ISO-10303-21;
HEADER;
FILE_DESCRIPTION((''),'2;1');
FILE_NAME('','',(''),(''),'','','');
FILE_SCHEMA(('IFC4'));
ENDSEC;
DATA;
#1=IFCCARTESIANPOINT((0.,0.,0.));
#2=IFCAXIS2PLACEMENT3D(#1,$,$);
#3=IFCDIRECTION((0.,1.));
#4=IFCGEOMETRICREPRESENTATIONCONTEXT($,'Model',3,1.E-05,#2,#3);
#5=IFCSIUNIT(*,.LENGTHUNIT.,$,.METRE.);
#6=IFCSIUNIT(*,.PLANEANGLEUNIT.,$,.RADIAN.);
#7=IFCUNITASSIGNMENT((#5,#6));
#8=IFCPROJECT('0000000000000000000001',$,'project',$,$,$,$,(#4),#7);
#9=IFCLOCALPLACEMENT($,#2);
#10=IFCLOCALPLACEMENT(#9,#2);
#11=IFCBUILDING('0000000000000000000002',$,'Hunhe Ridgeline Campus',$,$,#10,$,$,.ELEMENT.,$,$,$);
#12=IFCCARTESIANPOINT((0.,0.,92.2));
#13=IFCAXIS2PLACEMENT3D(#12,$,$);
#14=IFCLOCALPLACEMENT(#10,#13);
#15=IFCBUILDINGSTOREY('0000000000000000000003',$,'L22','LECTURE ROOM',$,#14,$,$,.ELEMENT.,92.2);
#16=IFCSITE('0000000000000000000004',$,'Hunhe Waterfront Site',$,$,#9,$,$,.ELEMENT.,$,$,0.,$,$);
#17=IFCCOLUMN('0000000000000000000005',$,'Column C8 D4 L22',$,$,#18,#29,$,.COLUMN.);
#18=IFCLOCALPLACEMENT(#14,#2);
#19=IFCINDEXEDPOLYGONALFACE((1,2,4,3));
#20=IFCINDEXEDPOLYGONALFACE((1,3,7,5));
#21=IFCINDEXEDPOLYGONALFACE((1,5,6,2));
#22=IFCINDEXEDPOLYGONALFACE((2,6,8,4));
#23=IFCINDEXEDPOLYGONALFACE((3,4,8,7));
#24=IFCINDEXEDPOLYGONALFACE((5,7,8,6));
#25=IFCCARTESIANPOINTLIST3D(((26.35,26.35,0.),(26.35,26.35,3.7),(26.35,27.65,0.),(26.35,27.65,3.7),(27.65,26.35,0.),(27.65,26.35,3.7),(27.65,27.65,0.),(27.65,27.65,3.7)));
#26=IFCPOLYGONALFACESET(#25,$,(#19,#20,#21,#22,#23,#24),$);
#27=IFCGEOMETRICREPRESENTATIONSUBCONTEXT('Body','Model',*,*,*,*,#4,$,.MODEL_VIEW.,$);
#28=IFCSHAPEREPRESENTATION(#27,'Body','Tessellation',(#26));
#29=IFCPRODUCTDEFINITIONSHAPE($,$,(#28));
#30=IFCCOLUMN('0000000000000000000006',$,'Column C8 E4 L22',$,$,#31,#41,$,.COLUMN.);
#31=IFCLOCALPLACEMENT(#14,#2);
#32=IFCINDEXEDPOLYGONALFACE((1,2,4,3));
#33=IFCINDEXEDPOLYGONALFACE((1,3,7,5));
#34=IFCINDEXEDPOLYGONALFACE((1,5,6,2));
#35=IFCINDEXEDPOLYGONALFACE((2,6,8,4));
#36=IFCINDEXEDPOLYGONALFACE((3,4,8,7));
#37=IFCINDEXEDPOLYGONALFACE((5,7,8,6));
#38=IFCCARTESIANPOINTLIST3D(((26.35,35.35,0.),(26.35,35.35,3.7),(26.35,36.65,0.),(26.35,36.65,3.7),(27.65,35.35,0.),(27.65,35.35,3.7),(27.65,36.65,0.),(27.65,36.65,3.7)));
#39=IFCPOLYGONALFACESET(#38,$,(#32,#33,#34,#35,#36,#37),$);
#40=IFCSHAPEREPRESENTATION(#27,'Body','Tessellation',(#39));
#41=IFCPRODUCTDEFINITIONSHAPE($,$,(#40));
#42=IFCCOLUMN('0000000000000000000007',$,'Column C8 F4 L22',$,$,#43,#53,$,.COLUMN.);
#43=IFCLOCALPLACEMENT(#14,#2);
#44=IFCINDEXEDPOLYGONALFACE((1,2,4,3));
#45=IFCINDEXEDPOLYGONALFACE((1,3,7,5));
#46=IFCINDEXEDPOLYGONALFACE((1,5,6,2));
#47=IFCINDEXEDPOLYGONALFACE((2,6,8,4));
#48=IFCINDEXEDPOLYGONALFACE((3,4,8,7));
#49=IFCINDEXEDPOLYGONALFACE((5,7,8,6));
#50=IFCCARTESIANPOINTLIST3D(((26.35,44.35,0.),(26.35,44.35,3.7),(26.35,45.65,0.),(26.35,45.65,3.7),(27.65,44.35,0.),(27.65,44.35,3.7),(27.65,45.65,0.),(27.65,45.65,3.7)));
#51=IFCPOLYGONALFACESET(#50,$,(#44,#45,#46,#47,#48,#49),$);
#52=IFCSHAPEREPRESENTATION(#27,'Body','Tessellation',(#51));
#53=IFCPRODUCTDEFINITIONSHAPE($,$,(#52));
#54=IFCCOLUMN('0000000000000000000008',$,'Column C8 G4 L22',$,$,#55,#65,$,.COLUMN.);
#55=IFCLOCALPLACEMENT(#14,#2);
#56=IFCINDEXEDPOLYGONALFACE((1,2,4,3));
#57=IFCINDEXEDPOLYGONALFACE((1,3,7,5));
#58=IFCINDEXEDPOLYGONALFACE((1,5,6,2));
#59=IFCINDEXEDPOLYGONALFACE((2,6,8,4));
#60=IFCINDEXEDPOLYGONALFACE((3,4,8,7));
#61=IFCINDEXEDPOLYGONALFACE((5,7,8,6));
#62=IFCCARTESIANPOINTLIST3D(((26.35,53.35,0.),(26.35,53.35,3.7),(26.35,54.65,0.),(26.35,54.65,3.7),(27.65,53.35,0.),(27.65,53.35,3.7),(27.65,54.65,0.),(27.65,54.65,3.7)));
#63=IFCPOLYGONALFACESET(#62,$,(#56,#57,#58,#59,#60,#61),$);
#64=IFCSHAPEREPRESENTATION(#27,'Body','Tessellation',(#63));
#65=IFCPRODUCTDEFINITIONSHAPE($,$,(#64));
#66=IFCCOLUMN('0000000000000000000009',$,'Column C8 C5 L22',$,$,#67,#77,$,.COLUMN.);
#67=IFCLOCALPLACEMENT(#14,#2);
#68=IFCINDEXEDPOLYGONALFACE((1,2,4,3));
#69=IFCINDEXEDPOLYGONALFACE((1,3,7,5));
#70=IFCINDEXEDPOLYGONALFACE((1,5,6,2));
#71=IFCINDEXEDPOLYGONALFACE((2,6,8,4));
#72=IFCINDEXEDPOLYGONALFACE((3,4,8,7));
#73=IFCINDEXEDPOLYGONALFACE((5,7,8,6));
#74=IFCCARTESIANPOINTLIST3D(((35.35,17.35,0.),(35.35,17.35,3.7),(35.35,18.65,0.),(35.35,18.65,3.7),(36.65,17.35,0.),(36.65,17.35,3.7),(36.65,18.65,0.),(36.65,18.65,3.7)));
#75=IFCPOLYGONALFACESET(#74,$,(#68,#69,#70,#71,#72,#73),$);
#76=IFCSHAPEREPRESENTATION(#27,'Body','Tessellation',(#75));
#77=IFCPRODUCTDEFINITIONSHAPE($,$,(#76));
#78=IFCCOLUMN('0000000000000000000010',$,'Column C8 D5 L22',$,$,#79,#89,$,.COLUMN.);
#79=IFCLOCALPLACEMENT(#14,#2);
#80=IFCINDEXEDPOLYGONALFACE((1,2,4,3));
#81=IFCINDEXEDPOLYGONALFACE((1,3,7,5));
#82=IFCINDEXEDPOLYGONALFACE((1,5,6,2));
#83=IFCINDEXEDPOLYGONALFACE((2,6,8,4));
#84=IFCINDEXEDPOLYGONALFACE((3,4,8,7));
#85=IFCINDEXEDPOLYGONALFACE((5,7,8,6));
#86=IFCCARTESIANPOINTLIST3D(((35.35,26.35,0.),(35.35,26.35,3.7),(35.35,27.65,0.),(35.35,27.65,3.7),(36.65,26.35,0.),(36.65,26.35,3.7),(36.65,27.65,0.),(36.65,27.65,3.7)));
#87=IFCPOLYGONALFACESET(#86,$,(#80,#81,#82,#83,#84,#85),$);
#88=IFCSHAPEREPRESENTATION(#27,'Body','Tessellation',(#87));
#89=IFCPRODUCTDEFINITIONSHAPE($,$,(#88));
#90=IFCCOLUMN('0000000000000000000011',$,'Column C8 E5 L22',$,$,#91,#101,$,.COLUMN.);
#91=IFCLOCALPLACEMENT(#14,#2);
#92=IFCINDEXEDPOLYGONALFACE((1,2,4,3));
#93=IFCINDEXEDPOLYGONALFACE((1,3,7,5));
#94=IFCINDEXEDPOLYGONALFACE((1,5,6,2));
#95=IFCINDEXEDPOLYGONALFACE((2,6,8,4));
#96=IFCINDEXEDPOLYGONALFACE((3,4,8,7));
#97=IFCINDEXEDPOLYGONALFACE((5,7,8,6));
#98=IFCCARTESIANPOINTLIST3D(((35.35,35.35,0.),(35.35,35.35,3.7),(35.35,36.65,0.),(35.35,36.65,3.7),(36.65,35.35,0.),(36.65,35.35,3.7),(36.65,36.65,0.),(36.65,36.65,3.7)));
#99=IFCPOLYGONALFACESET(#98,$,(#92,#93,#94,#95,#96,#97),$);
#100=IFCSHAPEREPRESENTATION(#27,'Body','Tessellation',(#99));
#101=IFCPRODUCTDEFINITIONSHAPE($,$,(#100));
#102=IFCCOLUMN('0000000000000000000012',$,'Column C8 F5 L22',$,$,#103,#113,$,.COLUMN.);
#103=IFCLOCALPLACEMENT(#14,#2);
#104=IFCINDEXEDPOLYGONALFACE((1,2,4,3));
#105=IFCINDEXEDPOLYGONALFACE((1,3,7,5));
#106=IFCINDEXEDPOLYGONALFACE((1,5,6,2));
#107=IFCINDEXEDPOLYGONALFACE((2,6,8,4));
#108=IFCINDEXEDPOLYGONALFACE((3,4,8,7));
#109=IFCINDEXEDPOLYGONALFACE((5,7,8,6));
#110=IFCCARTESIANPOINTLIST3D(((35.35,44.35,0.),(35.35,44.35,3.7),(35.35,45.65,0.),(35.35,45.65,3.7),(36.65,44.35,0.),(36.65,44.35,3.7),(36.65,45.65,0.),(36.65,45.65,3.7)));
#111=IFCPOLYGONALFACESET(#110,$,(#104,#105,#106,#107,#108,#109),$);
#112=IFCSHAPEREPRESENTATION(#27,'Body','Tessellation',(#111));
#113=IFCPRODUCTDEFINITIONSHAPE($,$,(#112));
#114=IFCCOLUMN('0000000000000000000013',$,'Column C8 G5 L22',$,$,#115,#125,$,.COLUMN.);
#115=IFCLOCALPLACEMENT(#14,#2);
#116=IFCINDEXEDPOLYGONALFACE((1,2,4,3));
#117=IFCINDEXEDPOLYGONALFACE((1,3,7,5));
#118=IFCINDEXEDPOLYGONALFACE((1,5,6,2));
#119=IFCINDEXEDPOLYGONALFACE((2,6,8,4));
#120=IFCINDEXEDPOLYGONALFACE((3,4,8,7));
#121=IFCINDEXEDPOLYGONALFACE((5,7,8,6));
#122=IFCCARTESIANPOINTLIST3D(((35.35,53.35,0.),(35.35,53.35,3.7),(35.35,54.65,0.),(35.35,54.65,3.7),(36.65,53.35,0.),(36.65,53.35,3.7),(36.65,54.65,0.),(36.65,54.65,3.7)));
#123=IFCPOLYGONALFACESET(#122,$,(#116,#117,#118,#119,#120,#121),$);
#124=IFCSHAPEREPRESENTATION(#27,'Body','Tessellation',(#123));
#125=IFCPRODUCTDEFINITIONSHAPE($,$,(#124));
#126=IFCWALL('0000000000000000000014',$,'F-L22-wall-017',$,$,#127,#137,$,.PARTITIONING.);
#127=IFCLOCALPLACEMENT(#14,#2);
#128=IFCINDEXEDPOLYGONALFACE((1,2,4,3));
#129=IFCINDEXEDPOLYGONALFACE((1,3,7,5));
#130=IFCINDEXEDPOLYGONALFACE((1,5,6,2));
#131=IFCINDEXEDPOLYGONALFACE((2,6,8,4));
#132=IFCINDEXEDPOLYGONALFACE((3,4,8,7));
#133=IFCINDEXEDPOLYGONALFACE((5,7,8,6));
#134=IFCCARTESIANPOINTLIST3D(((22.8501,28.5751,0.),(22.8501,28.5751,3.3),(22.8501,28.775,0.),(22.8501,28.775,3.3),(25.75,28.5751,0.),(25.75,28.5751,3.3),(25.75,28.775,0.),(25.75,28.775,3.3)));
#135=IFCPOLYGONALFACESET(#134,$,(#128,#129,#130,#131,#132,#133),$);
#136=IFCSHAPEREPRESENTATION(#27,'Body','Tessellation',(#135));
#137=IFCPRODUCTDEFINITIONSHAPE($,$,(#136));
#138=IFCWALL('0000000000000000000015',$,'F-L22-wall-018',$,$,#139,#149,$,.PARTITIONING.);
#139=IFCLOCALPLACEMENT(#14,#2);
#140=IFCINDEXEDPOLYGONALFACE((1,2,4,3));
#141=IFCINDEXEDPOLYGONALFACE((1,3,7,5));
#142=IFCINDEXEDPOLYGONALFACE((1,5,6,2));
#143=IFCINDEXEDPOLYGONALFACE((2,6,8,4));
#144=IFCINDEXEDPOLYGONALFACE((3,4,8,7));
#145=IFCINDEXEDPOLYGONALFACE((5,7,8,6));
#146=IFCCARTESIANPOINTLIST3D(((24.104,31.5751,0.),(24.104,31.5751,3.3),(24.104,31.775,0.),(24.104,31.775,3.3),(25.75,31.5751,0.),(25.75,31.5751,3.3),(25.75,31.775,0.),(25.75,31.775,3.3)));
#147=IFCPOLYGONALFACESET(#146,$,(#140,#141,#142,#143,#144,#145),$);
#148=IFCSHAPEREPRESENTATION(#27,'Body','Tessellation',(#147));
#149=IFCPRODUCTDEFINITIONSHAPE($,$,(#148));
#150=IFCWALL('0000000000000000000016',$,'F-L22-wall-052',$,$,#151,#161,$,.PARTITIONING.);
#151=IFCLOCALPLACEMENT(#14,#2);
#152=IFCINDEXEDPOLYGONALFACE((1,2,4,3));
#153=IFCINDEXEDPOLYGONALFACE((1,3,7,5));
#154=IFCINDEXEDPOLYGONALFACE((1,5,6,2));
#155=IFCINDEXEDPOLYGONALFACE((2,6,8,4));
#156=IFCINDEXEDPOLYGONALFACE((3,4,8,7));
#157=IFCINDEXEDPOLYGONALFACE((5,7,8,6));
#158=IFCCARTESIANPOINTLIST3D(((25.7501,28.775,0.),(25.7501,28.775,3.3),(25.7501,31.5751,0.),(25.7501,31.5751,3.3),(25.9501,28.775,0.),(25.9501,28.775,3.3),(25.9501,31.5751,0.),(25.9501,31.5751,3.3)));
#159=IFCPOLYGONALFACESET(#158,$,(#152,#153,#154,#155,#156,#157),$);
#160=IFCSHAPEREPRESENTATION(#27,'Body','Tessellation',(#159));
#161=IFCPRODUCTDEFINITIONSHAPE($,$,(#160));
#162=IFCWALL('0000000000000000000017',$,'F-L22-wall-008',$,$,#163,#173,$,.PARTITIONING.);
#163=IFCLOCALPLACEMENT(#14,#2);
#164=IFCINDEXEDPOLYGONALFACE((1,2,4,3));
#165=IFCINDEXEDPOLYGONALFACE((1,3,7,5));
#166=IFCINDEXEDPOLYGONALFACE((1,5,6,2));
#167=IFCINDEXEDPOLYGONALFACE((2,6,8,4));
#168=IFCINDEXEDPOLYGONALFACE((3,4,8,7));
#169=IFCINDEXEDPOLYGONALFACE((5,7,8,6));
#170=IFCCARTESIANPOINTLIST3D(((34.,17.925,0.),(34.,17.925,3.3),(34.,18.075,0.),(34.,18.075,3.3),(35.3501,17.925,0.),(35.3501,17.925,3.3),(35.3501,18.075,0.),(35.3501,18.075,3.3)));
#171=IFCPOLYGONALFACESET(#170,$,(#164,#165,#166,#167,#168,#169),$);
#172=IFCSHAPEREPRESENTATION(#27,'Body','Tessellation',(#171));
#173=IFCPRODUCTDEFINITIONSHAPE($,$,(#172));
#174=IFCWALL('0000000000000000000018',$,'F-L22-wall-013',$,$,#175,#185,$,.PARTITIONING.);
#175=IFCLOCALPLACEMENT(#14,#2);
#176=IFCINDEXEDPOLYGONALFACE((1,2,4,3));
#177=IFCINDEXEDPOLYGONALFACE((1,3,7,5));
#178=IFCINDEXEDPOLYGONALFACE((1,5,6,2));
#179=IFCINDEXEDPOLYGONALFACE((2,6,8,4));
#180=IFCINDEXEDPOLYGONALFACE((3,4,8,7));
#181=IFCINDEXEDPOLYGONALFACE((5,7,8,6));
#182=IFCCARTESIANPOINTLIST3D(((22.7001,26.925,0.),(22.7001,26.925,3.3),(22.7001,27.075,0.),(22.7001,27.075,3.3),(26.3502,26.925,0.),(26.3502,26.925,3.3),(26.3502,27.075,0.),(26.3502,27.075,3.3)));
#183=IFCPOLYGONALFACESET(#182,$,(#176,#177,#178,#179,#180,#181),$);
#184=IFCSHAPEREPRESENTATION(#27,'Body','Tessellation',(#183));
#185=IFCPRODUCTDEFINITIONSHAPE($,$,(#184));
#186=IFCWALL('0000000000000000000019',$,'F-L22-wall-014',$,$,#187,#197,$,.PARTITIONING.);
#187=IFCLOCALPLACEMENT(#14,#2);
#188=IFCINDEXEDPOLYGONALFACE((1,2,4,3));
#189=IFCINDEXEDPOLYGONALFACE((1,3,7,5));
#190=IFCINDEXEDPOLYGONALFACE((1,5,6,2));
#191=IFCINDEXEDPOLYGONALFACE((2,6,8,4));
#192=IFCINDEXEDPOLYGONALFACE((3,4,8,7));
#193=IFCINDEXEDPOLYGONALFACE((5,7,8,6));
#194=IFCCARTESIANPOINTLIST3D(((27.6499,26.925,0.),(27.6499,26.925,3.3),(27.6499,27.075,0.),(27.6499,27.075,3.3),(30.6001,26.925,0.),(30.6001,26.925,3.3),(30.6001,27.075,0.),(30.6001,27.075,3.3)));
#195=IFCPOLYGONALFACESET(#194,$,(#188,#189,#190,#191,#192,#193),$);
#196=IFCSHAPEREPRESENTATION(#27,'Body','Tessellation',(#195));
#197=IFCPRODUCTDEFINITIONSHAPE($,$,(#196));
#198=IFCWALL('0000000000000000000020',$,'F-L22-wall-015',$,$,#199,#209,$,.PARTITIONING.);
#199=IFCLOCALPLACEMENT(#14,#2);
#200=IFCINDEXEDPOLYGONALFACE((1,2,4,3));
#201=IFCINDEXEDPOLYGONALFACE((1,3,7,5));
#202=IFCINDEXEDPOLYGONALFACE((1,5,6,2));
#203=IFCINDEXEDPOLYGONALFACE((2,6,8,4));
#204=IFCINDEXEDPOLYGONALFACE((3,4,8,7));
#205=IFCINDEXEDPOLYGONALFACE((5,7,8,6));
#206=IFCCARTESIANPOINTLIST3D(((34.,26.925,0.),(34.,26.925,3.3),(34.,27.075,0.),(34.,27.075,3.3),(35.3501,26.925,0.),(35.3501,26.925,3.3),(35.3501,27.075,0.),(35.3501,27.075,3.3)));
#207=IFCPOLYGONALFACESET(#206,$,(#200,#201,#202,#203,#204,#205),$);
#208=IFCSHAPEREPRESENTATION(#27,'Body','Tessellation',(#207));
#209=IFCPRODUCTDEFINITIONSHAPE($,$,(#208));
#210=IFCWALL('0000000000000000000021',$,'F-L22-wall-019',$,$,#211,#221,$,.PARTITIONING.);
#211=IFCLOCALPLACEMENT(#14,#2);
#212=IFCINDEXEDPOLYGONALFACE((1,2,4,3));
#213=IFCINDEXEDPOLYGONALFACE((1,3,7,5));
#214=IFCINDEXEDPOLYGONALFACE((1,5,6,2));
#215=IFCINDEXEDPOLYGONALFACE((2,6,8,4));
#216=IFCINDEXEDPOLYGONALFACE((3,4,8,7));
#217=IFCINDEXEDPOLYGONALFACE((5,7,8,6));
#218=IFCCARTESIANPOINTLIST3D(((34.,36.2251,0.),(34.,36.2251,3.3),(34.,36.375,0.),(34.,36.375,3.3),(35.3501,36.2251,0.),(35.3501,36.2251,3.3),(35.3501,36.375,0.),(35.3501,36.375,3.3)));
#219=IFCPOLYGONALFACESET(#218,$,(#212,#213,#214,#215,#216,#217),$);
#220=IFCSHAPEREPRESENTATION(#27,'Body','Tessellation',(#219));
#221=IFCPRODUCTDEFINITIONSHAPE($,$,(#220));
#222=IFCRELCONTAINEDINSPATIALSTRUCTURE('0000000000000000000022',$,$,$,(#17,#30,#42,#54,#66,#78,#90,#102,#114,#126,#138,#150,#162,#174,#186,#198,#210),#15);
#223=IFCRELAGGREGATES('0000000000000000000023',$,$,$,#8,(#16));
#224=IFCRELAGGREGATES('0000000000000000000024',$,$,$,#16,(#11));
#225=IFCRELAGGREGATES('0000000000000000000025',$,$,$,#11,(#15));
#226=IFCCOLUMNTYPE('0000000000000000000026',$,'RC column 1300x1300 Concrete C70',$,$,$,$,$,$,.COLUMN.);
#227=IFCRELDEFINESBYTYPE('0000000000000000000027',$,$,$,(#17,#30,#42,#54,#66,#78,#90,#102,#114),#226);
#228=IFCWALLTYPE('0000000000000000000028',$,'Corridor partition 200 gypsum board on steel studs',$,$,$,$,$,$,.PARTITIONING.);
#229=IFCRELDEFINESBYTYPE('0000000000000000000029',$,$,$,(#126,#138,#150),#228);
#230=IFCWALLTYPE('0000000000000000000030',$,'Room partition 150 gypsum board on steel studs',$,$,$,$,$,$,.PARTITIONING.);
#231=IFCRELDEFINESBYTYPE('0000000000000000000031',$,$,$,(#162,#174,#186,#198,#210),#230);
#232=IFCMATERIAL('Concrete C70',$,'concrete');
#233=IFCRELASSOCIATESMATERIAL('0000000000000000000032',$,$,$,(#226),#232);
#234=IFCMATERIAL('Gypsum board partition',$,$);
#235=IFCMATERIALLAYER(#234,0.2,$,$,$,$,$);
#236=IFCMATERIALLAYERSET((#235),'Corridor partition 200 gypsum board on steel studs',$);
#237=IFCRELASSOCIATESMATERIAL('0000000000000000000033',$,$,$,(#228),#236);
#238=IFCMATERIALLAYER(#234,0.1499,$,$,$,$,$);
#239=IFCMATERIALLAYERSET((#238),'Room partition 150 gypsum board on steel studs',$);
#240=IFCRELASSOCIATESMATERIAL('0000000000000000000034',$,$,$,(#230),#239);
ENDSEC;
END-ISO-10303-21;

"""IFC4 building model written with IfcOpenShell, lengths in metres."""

from ifc_helpers import new_model, si_unit, direction, frame, frame_2d, origin, origin_2d, place, context, subcontext, project, spatial, rectangle, extrude, material, layer, layer_set, material_profile, profile_set, type_object, element, save


model = new_model("IFC4")

# Units and contexts
model_context = context("Model", 3, precision=1e-05, world=origin(), true_north=direction((0.0, 1.0)))
body_context = subcontext(model_context, "Body", "Model", "MODEL_VIEW")
ifc_project = project(units=[si_unit("LENGTHUNIT", "METRE"), si_unit("PLANEANGLEUNIT", "RADIAN")], contexts=[model_context])

# Site, building, storey
site_placement = place(None, origin())
site = spatial("IfcSite", under=ifc_project, at=site_placement, Name="Hunhe Waterfront Site", CompositionType="ELEMENT", RefElevation=0.0)
building_placement = place(site_placement, origin())
building = spatial("IfcBuilding", under=site, at=building_placement, Name="Hunhe Ridgeline Campus", CompositionType="ELEMENT")
storey_placement = place(building_placement, frame((0.0, 0.0, 92.2)))
storey = spatial("IfcBuildingStorey", under=building, at=storey_placement, Name="L22", Description="LECTURE ROOM", CompositionType="ELEMENT", Elevation=92.2)

# Columns
ifc_material_1 = material(Name="Concrete C70", Category="concrete")
ifc_material_profile = material_profile(ifc_material_1, rectangle(XDim=1.3, YDim=1.3, at=origin_2d()))
ifc_profile_set = profile_set([ifc_material_profile], Name="Concrete C70")
column_type = type_object("IfcColumnType", Name="RC column 1300x1300 Concrete C70", PredefinedType="COLUMN", material=ifc_profile_set)
for number, where, z_axis, x_axis, name in (
    (1, (27.0, 27.0, 0.0), (0.0, 0.0, 1.0), (1.0, 0.0, 0.0), "Column C8 D4 L22"),
    (2, (27.0, 36.0, 0.0), (0.0, 0.0, 1.0), (1.0, 0.0, 0.0), "Column C8 E4 L22"),
    (3, (27.0, 45.0, 0.0), (0.0, 0.0, 1.0), (1.0, 0.0, 0.0), "Column C8 F4 L22"),
    (4, (27.0, 54.0, 0.0), (0.0, 0.0, 1.0), (1.0, 0.0, 0.0), "Column C8 G4 L22"),
    (5, (36.0, 18.0, 0.0), (0.0, 0.0, 1.0), (1.0, 0.0, 0.0), "Column C8 C5 L22"),
    (6, (36.0, 27.0, 0.0), (0.0, 0.0, 1.0), (1.0, 0.0, 0.0), "Column C8 D5 L22"),
    (7, (36.0, 36.0, 0.0), (0.0, 0.0, 1.0), (1.0, 0.0, 0.0), "Column C8 E5 L22"),
    (8, (36.0, 45.0, 0.0), (0.0, 0.0, 1.0), (1.0, 0.0, 0.0), "Column C8 F5 L22"),
    (9, (36.0, 54.0, 0.0), (0.0, 0.0, 1.0), (1.0, 0.0, 0.0), "Column C8 G5 L22"),
):
    element("IfcColumn", number, at=place(storey_placement, frame(where, z_axis=z_axis, x_axis=x_axis)), inside=storey, type_object=column_type, Name=name, PredefinedType="COLUMN", context=body_context, shape_type="SweptSolid", body=[
        extrude(rectangle(XDim=1.3, YDim=1.3, at=origin_2d()), origin(), (0.0, 0.0, 1.0), 3.7),
    ])

# Walls
ifc_material_2 = material(Name="Gypsum board partition")
ifc_layer_1 = layer(ifc_material_2, 0.2)
ifc_layer_set_1 = layer_set([ifc_layer_1], Name="Corridor partition 200 gypsum board on steel studs")
wall_type_1 = type_object("IfcWallType", Name="Corridor partition 200 gypsum board on steel studs", PredefinedType="PARTITIONING", material=ifc_layer_set_1)
wall_1_placement = place(storey_placement, frame((25.75, 28.675, 0.0), z_axis=(0.0, 0.0, 1.0), x_axis=(-1.0, 0.0, 0.0)))
element("IfcWall", 10, at=wall_1_placement, inside=storey, type_object=wall_type_1, Name="F-L22-wall-017", PredefinedType="PARTITIONING", context=body_context, shape_type="SweptSolid", body=[
    extrude(rectangle(XDim=2.8999, YDim=0.2, at=frame_2d((1.45, 0.0))), origin(), (0.0, 0.0, 1.0), 3.3),
])
wall_2_placement = place(storey_placement, frame((24.104, 31.675, 0.0), z_axis=(0.0, 0.0, 1.0), x_axis=(1.0, 0.0, 0.0)))
element("IfcWall", 11, at=wall_2_placement, inside=storey, type_object=wall_type_1, Name="F-L22-wall-018", PredefinedType="PARTITIONING", context=body_context, shape_type="SweptSolid", body=[
    extrude(rectangle(XDim=1.646, YDim=0.2, at=frame_2d((0.823, 0.0))), origin(), (0.0, 0.0, 1.0), 3.3),
])

# Walls
wall_3_placement = place(storey_placement, frame((25.8501, 31.575, 0.0), z_axis=(0.0, 0.0, 1.0), x_axis=(0.0, -1.0, 0.0)))
element("IfcWall", 12, at=wall_3_placement, inside=storey, type_object=wall_type_1, Name="F-L22-wall-052", PredefinedType="PARTITIONING", context=body_context, shape_type="SweptSolid", body=[
    extrude(rectangle(XDim=2.8, YDim=0.2, at=frame_2d((1.3999, 0.0))), origin(), (0.0, 0.0, 1.0), 3.3),
])
ifc_layer_2 = layer(ifc_material_2, 0.1499)
ifc_layer_set_2 = layer_set([ifc_layer_2], Name="Room partition 150 gypsum board on steel studs")
wall_type_2 = type_object("IfcWallType", Name="Room partition 150 gypsum board on steel studs", PredefinedType="PARTITIONING", material=ifc_layer_set_2)
wall_4_placement = place(storey_placement, frame((34.0, 18.0, 0.0), z_axis=(0.0, 0.0, 1.0), x_axis=(1.0, 0.0, 0.0)))
element("IfcWall", 13, at=wall_4_placement, inside=storey, type_object=wall_type_2, Name="F-L22-wall-008", PredefinedType="PARTITIONING", context=body_context, shape_type="SweptSolid", body=[
    extrude(rectangle(XDim=1.3501, YDim=0.1499, at=frame_2d((0.675, 0.0))), origin(), (0.0, 0.0, 1.0), 3.3),
])
wall_5_placement = place(storey_placement, frame((22.7, 27.0, 0.0), z_axis=(0.0, 0.0, 1.0), x_axis=(1.0, 0.0, 0.0)))
element("IfcWall", 14, at=wall_5_placement, inside=storey, type_object=wall_type_2, Name="F-L22-wall-013", PredefinedType="PARTITIONING", context=body_context, shape_type="SweptSolid", body=[
    extrude(rectangle(XDim=3.6501, YDim=0.1499, at=frame_2d((1.8252, 0.0))), origin(), (0.0, 0.0, 1.0), 3.3),
])
wall_6_placement = place(storey_placement, frame((27.6499, 27.0, 0.0), z_axis=(0.0, 0.0, 1.0), x_axis=(1.0, 0.0, 0.0)))
element("IfcWall", 15, at=wall_6_placement, inside=storey, type_object=wall_type_2, Name="F-L22-wall-014", PredefinedType="PARTITIONING", context=body_context, shape_type="SweptSolid", body=[
    extrude(rectangle(XDim=2.9502, YDim=0.1499, at=frame_2d((1.4751, 0.0))), origin(), (0.0, 0.0, 1.0), 3.3),
])
for number, where, z_axis, x_axis, name in (
    (16, (34.0, 27.0, 0.0), (0.0, 0.0, 1.0), (1.0, 0.0, 0.0), "F-L22-wall-015"),
    (17, (34.0, 36.3, 0.0), (0.0, 0.0, 1.0), (1.0, 0.0, 0.0), "F-L22-wall-019"),
):
    element("IfcWall", number, at=place(storey_placement, frame(where, z_axis=z_axis, x_axis=x_axis)), inside=storey, type_object=wall_type_2, Name=name, PredefinedType="PARTITIONING", context=body_context, shape_type="SweptSolid", body=[
        extrude(rectangle(XDim=1.3501, YDim=0.1499, at=frame_2d((0.675, 0.0))), origin(), (0.0, 0.0, 1.0), 3.3),
    ])

save(model, "model.ifc")
